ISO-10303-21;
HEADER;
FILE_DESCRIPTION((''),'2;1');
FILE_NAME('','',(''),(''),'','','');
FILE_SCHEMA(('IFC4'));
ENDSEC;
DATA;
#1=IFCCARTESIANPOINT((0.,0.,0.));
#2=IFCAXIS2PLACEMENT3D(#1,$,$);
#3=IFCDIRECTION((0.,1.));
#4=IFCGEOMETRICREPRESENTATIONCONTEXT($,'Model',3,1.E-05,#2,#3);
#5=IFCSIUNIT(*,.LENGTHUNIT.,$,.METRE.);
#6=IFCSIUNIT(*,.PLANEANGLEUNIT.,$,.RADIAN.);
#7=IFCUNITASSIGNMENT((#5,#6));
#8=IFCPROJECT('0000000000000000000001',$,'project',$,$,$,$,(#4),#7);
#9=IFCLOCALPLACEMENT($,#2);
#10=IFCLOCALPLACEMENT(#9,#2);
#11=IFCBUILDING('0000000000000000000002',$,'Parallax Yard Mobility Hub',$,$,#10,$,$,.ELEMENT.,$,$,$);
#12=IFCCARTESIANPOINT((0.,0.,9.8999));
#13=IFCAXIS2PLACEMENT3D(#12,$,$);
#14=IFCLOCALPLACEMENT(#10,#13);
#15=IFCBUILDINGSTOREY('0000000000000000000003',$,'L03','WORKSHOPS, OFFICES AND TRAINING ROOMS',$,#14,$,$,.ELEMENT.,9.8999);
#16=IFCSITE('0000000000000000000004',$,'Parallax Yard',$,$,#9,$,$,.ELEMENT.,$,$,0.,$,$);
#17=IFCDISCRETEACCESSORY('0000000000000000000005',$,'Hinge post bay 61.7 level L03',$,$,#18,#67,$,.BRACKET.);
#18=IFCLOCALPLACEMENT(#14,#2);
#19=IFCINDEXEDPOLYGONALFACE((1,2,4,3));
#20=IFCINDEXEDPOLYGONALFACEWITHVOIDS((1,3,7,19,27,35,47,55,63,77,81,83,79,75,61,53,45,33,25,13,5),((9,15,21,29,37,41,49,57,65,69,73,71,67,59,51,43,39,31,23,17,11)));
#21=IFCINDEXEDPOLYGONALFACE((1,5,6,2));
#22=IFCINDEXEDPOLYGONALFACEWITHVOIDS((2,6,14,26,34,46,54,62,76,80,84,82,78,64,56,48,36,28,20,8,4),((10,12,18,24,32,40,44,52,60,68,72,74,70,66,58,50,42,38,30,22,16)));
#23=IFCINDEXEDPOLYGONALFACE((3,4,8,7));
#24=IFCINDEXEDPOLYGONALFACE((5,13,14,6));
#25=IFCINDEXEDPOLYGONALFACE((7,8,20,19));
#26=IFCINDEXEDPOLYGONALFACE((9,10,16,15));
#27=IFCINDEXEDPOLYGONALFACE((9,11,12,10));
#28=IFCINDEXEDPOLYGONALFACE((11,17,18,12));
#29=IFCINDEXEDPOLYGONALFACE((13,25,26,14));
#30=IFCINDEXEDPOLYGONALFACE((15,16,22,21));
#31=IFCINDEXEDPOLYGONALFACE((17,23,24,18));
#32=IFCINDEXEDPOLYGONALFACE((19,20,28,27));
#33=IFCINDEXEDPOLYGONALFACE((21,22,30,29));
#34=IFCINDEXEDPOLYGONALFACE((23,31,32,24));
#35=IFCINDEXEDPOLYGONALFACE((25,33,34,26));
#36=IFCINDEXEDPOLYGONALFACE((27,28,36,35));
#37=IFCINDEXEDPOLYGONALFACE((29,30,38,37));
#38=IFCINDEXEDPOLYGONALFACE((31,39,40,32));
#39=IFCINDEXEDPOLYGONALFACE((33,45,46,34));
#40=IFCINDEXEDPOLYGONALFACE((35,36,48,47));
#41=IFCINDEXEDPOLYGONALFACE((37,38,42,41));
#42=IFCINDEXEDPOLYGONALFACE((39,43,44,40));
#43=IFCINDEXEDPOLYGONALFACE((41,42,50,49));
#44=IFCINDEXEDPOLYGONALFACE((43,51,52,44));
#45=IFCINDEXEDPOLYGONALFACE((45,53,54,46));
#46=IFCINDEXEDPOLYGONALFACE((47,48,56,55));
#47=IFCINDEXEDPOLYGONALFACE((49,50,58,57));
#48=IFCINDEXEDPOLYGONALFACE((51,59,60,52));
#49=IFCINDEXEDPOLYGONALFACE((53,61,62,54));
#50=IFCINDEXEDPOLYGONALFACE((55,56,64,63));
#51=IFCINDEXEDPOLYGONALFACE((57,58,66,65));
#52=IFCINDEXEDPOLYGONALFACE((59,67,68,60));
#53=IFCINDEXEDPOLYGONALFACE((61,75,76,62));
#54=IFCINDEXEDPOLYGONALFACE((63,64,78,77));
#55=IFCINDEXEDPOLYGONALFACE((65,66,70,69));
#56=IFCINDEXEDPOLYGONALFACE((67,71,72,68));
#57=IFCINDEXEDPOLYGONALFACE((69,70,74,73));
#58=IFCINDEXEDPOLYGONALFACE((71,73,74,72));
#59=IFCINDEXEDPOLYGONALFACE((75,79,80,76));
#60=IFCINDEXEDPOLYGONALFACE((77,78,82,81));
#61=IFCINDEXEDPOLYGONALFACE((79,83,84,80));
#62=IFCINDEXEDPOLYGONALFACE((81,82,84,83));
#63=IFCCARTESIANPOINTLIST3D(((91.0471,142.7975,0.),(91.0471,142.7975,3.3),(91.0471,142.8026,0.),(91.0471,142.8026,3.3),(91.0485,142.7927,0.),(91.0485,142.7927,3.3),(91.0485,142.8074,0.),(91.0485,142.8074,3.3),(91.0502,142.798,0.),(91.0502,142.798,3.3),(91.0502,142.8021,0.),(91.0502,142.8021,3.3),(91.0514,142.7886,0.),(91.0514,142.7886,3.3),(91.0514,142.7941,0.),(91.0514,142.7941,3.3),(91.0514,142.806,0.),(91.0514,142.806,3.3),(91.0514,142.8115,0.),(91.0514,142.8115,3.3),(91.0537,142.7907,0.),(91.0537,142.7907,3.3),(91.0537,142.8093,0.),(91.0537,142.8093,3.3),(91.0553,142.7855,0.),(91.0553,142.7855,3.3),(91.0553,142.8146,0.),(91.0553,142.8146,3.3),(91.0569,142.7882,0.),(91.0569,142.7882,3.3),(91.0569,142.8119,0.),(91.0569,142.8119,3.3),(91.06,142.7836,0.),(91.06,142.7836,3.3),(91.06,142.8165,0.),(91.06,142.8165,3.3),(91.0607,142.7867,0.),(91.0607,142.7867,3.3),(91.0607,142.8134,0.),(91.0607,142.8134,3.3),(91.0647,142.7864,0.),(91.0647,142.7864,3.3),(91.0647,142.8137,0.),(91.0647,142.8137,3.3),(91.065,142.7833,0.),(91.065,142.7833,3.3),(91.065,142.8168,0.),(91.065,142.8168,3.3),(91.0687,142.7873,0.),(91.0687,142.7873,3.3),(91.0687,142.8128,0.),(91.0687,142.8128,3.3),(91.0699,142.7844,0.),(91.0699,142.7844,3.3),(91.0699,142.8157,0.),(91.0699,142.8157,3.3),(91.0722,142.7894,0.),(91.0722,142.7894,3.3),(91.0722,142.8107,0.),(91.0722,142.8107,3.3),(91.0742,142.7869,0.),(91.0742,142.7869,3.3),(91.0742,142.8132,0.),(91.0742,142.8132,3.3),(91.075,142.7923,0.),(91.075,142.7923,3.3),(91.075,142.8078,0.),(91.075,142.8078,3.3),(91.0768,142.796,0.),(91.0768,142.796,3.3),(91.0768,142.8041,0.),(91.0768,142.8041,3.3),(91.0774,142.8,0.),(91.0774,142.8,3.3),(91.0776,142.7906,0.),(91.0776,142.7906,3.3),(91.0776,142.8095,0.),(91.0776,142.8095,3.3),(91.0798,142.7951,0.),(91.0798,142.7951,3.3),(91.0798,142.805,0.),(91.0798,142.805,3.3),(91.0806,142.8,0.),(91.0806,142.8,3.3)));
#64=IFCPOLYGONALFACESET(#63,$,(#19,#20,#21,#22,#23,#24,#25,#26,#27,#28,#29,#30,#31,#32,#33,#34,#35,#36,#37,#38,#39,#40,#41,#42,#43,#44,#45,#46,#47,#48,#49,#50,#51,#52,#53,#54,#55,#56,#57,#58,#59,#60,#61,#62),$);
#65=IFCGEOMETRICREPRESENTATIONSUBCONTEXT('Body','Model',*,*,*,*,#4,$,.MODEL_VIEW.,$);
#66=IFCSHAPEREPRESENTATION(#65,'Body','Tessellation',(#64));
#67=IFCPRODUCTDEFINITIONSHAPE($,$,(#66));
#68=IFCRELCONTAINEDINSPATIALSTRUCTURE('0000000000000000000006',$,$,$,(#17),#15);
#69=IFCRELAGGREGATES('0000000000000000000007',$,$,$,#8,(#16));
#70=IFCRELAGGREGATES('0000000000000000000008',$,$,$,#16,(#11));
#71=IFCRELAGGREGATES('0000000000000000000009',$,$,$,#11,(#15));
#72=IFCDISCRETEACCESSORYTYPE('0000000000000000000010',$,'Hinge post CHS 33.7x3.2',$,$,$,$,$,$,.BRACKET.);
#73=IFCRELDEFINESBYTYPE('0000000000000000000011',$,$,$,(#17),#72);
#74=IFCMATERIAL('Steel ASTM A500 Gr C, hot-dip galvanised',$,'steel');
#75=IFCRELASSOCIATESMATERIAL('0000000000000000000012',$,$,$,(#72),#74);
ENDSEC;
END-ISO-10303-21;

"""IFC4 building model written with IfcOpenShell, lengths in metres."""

from ifc_helpers import new_model, si_unit, direction, frame, origin, origin_2d, place, context, subcontext, project, spatial, hollow_circle, extrude, material, material_profile, profile_set, type_object, element, save


model = new_model("IFC4")

# Units and contexts
model_context = context("Model", 3, precision=1e-05, world=origin(), true_north=direction((0.0, 1.0)))
body_context = subcontext(model_context, "Body", "Model", "MODEL_VIEW")
ifc_project = project(units=[si_unit("LENGTHUNIT", "METRE"), si_unit("PLANEANGLEUNIT", "RADIAN")], contexts=[model_context])

# Site, building, storey
site_placement = place(None, origin())
site = spatial("IfcSite", under=ifc_project, at=site_placement, Name="Parallax Yard", CompositionType="ELEMENT", RefElevation=0.0)
building_placement = place(site_placement, origin())
building = spatial("IfcBuilding", under=site, at=building_placement, Name="Parallax Yard Mobility Hub", CompositionType="ELEMENT")
storey_placement = place(building_placement, frame((0.0, 0.0, 9.8999)))
storey = spatial("IfcBuildingStorey", under=building, at=storey_placement, Name="L03", Description="WORKSHOPS, OFFICES AND TRAINING ROOMS", CompositionType="ELEMENT", Elevation=9.8999)

# Discrete accessory
ifc_material_1 = material(Name="Steel ASTM A500 Gr C, hot-dip galvanised", Category="steel")
ifc_material_profile_1 = material_profile(ifc_material_1, hollow_circle(Radius=0.0168, WallThickness=0.0032, at=origin_2d()), Name="CHS 33.7x3.2")
ifc_profile_set_1 = profile_set([ifc_material_profile_1], Name="Steel ASTM A500 Gr C, hot-dip galvanised")
discrete_accessory_type_1 = type_object("IfcDiscreteAccessoryType", Name="Hinge post CHS 33.7x3.2", PredefinedType="BRACKET", material=ifc_profile_set_1)
discrete_accessory_1_placement = place(storey_placement, frame((91.0637, 142.8, 0.0), z_axis=(0.0, 0.0, 1.0), x_axis=(1.0, 0.0, 0.0)))
element("IfcDiscreteAccessory", 1, at=discrete_accessory_1_placement, inside=storey, type_object=discrete_accessory_type_1, Name="Hinge post bay 61.7 level L03", PredefinedType="BRACKET", context=body_context, shape_type="SweptSolid", body=[
    extrude(hollow_circle(Radius=0.0168, WallThickness=0.0032, at=origin_2d()), origin(), (0.0, 0.0, 1.0), 3.3),
])

save(model, "model.ifc")
